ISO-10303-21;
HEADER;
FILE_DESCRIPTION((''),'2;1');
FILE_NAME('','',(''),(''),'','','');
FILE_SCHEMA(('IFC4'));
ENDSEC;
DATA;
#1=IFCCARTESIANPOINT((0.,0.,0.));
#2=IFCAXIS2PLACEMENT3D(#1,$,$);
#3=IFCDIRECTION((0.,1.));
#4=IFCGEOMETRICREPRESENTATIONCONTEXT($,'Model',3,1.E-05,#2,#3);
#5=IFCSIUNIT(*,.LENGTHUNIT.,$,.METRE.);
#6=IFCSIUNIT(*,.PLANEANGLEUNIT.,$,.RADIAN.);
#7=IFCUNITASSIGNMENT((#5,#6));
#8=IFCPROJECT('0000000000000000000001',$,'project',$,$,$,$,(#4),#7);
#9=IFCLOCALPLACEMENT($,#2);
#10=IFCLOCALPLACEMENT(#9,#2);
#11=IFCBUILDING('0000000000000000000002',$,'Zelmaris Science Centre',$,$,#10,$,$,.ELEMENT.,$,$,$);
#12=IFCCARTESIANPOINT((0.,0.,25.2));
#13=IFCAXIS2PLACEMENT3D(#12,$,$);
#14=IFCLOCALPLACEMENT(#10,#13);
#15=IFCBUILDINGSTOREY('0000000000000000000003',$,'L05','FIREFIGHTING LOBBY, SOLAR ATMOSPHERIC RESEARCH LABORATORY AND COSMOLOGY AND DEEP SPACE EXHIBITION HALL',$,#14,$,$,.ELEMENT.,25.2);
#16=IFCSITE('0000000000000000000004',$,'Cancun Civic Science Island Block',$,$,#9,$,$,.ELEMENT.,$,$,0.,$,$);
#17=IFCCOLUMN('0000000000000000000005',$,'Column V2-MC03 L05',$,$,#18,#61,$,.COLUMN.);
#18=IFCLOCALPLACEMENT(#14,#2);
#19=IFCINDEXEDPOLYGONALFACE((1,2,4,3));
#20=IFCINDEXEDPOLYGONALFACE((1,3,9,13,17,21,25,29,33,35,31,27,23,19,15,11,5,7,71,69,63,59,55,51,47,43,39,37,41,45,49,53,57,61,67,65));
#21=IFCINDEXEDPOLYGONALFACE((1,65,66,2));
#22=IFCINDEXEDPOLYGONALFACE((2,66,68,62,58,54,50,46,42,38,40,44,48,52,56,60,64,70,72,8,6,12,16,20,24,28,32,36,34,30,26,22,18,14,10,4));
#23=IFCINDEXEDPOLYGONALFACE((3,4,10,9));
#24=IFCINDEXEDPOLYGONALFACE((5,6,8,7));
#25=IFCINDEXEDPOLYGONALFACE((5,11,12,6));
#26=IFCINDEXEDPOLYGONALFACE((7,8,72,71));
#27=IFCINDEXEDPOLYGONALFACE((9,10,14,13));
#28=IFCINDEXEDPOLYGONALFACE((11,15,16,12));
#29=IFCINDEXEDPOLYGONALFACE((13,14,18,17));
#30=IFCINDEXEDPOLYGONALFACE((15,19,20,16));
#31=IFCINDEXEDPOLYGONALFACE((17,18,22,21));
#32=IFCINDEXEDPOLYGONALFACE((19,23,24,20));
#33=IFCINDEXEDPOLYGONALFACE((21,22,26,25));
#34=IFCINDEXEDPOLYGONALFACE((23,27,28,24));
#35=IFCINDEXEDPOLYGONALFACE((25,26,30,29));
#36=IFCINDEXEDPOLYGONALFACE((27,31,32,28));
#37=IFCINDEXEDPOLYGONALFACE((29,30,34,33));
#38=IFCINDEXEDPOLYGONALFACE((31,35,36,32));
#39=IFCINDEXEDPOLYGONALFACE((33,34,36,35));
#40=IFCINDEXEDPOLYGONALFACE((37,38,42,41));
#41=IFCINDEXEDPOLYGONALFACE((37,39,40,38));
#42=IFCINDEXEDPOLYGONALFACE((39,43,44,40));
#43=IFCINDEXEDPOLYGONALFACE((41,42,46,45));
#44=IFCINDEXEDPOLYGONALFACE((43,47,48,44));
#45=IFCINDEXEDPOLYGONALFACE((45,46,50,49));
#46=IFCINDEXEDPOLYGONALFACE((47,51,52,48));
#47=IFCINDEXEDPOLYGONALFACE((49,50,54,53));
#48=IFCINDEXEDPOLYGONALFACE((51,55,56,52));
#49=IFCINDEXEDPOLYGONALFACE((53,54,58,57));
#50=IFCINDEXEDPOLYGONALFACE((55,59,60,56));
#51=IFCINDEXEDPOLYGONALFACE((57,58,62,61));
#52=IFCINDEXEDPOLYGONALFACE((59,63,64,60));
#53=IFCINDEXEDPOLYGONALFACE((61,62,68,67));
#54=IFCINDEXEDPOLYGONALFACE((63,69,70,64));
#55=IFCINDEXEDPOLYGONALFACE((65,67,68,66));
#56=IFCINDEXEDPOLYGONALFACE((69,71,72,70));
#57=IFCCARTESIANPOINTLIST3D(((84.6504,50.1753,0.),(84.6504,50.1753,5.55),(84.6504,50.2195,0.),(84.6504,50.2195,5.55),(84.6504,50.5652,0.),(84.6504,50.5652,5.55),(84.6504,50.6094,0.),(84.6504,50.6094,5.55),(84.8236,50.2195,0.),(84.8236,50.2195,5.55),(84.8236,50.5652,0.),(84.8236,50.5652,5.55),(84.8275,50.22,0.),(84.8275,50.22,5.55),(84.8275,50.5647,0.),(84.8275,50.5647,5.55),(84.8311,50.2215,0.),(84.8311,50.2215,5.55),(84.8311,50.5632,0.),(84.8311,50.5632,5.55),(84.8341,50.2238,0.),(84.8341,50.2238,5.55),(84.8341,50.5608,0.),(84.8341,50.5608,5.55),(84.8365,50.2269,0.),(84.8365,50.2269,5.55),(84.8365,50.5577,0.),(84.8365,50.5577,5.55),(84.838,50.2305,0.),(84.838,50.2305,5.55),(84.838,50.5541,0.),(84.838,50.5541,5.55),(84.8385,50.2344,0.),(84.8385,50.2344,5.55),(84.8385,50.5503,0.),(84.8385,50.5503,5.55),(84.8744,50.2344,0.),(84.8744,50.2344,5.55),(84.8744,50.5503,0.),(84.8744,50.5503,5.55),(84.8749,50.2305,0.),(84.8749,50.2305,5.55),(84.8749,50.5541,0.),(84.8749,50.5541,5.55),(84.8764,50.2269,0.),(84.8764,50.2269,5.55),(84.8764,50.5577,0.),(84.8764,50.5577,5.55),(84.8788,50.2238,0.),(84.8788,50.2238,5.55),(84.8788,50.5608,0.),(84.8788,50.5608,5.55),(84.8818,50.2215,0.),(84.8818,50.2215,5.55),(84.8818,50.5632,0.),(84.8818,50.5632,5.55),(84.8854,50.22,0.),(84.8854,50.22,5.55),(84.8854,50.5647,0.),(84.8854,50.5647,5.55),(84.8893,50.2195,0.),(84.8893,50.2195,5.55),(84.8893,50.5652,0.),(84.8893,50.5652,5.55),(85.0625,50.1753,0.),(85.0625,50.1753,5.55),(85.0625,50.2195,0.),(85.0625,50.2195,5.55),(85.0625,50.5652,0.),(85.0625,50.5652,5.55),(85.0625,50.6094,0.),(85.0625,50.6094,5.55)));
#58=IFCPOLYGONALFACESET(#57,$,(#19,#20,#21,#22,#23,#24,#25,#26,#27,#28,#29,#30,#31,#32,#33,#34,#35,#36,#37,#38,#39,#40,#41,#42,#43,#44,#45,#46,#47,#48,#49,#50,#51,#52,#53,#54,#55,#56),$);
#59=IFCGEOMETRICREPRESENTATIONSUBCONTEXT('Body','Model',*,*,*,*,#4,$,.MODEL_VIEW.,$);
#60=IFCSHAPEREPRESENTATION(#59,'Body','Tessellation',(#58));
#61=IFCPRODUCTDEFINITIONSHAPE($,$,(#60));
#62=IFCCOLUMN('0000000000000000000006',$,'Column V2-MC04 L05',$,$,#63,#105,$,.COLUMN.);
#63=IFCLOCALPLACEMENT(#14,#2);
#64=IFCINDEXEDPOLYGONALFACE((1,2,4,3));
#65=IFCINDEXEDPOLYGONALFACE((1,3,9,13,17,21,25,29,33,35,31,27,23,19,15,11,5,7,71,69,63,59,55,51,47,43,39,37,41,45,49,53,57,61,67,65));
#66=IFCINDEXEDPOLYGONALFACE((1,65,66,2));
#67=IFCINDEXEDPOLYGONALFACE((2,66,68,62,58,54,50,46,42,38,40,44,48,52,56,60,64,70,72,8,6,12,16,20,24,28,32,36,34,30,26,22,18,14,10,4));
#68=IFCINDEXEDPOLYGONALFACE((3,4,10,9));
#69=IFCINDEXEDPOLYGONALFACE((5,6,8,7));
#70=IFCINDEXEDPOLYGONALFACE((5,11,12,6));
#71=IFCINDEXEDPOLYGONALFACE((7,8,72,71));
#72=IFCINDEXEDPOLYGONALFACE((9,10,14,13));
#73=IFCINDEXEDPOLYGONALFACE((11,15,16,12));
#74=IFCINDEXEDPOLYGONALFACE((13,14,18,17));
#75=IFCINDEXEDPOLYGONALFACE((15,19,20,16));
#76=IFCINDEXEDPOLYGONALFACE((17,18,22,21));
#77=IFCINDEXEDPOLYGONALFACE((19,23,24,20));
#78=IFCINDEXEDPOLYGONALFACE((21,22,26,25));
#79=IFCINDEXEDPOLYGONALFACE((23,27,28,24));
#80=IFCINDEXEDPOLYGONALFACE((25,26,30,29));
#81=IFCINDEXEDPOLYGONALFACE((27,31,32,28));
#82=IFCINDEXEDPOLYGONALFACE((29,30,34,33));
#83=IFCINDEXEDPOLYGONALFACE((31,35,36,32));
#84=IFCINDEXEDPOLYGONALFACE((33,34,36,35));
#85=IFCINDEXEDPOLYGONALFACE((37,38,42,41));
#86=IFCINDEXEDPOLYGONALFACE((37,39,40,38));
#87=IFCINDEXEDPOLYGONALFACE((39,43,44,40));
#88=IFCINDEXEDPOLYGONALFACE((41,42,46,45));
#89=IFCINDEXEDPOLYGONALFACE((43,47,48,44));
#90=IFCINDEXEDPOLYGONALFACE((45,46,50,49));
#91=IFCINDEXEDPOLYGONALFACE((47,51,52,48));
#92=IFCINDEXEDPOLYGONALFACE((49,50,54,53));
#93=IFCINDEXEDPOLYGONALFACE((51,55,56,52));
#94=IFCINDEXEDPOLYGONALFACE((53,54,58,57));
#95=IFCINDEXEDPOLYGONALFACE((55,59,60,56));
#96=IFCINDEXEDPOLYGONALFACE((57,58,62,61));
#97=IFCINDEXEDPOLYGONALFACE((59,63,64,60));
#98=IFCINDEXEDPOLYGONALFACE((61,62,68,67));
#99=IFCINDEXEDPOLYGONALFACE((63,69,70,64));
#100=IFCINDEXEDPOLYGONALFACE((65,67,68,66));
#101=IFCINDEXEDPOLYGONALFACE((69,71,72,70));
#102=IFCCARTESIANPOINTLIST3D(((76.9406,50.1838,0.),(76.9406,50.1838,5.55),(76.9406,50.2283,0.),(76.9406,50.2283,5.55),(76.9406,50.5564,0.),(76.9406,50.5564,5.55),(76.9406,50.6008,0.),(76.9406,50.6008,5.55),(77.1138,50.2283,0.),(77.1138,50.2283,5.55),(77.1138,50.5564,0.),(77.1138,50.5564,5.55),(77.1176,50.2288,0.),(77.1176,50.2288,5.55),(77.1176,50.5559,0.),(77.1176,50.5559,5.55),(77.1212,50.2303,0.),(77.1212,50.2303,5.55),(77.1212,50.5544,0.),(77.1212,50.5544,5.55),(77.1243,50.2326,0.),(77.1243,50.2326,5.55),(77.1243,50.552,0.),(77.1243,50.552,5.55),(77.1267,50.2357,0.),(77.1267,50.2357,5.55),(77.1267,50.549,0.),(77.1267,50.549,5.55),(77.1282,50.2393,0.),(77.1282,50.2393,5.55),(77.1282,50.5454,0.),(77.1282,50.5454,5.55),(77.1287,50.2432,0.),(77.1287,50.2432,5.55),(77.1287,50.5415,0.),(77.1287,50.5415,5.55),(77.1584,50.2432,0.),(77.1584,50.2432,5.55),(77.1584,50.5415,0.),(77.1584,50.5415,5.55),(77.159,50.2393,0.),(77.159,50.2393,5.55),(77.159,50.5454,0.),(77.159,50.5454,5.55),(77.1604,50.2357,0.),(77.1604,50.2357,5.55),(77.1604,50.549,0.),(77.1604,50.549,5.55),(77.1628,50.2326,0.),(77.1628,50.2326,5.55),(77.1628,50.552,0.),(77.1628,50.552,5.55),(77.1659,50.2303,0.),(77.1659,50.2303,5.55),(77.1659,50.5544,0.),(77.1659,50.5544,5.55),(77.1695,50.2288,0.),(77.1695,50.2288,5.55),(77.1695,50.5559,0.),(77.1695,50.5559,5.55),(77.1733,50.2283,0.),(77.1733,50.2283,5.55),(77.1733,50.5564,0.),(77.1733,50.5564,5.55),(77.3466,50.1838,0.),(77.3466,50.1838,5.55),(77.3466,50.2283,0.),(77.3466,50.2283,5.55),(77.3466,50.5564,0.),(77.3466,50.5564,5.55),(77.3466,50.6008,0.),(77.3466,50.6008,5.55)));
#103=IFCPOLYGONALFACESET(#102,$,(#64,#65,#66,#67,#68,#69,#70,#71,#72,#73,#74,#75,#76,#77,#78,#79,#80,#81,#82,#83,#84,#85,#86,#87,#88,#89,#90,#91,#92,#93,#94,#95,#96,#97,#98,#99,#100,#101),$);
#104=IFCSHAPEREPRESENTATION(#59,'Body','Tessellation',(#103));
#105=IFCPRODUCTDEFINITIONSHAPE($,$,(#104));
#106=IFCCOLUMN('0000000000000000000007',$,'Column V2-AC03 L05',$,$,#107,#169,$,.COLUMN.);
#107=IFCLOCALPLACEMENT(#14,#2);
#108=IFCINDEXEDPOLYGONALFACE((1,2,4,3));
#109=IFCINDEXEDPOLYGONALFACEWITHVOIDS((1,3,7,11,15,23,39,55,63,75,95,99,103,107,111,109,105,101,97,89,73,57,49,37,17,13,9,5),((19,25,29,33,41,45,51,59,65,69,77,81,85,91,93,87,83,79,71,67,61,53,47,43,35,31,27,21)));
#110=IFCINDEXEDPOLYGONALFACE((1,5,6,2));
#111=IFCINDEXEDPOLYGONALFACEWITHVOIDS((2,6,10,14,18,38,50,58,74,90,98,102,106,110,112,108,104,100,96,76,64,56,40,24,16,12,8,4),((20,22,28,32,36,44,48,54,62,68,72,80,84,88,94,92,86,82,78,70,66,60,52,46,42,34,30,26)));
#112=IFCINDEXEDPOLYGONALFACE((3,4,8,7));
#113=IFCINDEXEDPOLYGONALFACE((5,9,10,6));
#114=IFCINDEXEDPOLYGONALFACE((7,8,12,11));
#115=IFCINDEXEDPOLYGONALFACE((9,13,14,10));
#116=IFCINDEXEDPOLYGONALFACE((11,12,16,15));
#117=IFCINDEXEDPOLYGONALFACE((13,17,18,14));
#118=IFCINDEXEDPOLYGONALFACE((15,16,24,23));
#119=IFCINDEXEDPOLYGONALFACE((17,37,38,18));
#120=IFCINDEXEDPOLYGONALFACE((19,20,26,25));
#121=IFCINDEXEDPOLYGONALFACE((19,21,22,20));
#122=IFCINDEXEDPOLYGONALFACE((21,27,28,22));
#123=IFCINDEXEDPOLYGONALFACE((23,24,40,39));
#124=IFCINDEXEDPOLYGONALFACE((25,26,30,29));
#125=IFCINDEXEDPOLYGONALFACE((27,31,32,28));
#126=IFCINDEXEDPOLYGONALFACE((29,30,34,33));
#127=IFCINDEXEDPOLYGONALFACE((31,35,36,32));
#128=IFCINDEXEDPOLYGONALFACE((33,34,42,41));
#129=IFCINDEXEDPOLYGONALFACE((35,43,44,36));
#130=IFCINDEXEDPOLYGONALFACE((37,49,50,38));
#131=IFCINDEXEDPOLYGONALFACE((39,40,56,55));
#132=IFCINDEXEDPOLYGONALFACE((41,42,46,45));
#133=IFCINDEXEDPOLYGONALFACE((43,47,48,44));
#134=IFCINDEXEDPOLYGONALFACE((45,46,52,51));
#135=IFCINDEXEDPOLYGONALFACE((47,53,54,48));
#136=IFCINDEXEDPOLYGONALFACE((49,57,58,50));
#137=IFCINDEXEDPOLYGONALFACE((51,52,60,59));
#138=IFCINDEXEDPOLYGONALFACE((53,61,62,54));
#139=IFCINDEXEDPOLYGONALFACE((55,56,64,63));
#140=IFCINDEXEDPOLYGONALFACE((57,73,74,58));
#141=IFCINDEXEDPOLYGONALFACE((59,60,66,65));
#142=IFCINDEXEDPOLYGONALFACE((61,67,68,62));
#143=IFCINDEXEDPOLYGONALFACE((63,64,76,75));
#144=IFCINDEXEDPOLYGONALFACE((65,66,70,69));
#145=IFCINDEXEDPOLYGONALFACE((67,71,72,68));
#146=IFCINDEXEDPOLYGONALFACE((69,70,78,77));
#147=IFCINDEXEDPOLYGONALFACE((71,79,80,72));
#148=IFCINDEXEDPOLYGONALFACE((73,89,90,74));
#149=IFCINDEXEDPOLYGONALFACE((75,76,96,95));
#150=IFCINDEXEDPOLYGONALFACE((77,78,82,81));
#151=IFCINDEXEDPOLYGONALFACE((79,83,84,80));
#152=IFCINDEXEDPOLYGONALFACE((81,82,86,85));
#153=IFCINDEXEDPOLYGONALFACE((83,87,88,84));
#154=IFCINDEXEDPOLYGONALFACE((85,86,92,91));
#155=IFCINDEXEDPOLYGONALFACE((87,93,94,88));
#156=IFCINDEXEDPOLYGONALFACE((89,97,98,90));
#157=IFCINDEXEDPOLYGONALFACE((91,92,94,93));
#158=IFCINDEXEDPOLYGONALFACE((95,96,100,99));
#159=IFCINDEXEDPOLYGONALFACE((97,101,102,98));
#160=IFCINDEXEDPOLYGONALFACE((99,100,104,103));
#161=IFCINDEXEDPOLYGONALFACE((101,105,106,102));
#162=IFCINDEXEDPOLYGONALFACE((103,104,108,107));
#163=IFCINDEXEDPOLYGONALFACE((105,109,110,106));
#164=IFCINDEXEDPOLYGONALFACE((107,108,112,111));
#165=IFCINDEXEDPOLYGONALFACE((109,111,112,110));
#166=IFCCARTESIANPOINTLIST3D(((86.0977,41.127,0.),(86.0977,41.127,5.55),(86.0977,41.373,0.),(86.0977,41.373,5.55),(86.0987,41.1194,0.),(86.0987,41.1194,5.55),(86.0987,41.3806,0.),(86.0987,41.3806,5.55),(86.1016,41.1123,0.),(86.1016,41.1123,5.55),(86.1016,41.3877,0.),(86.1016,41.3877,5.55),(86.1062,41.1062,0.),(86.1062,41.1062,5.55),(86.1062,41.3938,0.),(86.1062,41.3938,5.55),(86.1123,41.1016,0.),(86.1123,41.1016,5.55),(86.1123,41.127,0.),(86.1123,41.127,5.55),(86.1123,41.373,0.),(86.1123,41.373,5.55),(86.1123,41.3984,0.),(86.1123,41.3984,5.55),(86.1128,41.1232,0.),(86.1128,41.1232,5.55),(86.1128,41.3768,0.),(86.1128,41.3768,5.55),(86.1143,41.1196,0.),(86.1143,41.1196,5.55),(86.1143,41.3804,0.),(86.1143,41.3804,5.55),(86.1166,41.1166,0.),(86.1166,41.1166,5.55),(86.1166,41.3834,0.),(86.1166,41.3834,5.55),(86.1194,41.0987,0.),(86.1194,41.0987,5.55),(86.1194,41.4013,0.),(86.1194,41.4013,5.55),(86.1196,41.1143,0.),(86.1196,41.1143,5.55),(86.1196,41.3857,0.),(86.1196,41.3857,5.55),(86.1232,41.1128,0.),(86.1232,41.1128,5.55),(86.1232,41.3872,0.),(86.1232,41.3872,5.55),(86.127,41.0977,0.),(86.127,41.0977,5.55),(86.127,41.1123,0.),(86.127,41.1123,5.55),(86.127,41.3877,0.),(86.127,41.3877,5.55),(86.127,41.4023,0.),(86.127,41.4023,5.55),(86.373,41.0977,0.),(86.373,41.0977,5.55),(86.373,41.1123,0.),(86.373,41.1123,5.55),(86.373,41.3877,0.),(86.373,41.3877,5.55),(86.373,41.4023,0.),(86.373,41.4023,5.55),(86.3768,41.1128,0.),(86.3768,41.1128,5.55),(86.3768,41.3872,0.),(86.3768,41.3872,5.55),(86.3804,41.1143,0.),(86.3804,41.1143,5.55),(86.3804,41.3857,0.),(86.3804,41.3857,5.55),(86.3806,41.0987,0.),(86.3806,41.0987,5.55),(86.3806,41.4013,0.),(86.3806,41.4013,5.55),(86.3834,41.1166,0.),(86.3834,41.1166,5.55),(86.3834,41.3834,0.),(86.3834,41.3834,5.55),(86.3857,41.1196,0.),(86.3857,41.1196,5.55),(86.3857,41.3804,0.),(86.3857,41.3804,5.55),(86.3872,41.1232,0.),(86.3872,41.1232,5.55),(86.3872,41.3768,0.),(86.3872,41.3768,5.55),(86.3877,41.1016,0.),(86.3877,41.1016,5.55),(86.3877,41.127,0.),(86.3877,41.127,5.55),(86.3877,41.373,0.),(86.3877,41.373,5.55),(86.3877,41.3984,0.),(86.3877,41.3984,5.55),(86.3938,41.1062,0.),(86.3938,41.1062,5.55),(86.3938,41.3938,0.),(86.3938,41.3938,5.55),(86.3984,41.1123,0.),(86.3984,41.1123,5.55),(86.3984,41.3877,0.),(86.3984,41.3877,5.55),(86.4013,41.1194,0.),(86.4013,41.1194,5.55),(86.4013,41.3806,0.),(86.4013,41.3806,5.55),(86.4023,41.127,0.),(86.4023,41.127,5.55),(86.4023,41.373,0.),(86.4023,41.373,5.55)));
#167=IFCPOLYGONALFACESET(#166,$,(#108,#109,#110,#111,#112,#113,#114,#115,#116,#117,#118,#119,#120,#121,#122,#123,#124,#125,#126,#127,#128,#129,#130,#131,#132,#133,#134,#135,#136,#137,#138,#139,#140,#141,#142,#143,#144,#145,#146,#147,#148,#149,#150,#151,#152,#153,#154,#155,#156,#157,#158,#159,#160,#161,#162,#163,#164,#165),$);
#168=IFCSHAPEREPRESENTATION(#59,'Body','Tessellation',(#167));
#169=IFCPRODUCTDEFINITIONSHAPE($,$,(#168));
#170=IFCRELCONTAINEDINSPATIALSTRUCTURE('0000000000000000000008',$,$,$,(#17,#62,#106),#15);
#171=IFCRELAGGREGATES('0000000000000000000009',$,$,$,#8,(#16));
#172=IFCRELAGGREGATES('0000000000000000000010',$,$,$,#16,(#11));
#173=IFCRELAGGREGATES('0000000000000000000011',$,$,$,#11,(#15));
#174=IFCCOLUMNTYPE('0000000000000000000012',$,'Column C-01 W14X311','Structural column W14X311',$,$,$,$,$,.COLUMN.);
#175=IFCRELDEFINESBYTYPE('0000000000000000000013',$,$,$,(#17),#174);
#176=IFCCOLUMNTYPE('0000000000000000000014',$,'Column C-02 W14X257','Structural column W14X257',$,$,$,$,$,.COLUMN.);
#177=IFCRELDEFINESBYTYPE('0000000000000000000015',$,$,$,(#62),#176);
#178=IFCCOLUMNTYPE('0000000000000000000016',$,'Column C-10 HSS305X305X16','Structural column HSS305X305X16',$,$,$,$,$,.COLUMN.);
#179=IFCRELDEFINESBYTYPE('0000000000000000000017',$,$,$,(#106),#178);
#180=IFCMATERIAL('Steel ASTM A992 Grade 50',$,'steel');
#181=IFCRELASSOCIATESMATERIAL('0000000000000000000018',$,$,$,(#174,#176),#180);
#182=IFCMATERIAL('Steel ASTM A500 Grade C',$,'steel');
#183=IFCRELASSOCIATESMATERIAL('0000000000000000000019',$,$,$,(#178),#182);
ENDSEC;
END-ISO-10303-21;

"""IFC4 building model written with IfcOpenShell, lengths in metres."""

from ifc_helpers import new_model, si_unit, direction, frame, origin, origin_2d, place, context, subcontext, project, spatial, hollow_rectangle, i_section, extrude, material, material_profile, profile_set, type_object, element, save


model = new_model("IFC4")

# Units and contexts
model_context = context("Model", 3, precision=1e-05, world=origin(), true_north=direction((0.0, 1.0)))
body_context = subcontext(model_context, "Body", "Model", "MODEL_VIEW")
ifc_project = project(units=[si_unit("LENGTHUNIT", "METRE"), si_unit("PLANEANGLEUNIT", "RADIAN")], contexts=[model_context])

# Site, building, storey
site_placement = place(None, origin())
site = spatial("IfcSite", under=ifc_project, at=site_placement, Name="Cancun Civic Science Island Block", CompositionType="ELEMENT", RefElevation=0.0)
building_placement = place(site_placement, origin())
building = spatial("IfcBuilding", under=site, at=building_placement, Name="Zelmaris Science Centre", CompositionType="ELEMENT")
storey_placement = place(building_placement, frame((0.0, 0.0, 25.2)))
storey = spatial("IfcBuildingStorey", under=building, at=storey_placement, Name="L05", Description="FIREFIGHTING LOBBY, SOLAR ATMOSPHERIC RESEARCH LABORATORY AND COSMOLOGY AND DEEP SPACE EXHIBITION HALL", CompositionType="ELEMENT", Elevation=25.2)

# Columns
ifc_material_1 = material(Name="Steel ASTM A992 Grade 50", Category="steel")
ifc_material_profile_1 = material_profile(ifc_material_1, i_section(OverallWidth=0.4121, OverallDepth=0.4341, WebThickness=0.0359, FlangeThickness=0.0442, FilletRadius=0.0149, at=origin_2d()), Name="W14X311")
ifc_profile_set_1 = profile_set([ifc_material_profile_1], Name="Steel ASTM A992 Grade 50")
column_type_1 = type_object("IfcColumnType", Name="Column C-01 W14X311", Description="Structural column W14X311", PredefinedType="COLUMN", material=ifc_profile_set_1)
column_1_placement = place(storey_placement, frame((84.8564, 50.3923, 0.0), z_axis=(0.0, 0.0, 1.0), x_axis=(1.0, 0.0, 0.0)))
element("IfcColumn", 1, at=column_1_placement, inside=storey, type_object=column_type_1, Name="Column V2-MC03 L05", PredefinedType="COLUMN", context=body_context, shape_type="SweptSolid", body=[
    extrude(i_section(OverallWidth=0.4121, OverallDepth=0.4341, WebThickness=0.0359, FlangeThickness=0.0442, FilletRadius=0.0149, at=origin_2d()), origin(), (0.0, 0.0, 1.0), 5.55),
])
ifc_material_profile_2 = material_profile(ifc_material_1, i_section(OverallWidth=0.406, OverallDepth=0.417, WebThickness=0.0298, FlangeThickness=0.0444, FilletRadius=0.0149, at=origin_2d()), Name="W14X257")
ifc_profile_set_2 = profile_set([ifc_material_profile_2], Name="Steel ASTM A992 Grade 50")
column_type_2 = type_object("IfcColumnType", Name="Column C-02 W14X257", Description="Structural column W14X257", PredefinedType="COLUMN", material=ifc_profile_set_2)
column_2_placement = place(storey_placement, frame((77.1436, 50.3923, 0.0), z_axis=(0.0, 0.0, 1.0), x_axis=(1.0, 0.0, 0.0)))
element("IfcColumn", 2, at=column_2_placement, inside=storey, type_object=column_type_2, Name="Column V2-MC04 L05", PredefinedType="COLUMN", context=body_context, shape_type="SweptSolid", body=[
    extrude(i_section(OverallWidth=0.406, OverallDepth=0.417, WebThickness=0.0298, FlangeThickness=0.0444, FilletRadius=0.0149, at=origin_2d()), origin(), (0.0, 0.0, 1.0), 5.55),
])
ifc_material_2 = material(Name="Steel ASTM A500 Grade C", Category="steel")
ifc_material_profile_3 = material_profile(ifc_material_2, hollow_rectangle(XDim=0.3047, YDim=0.3047, WallThickness=0.0146, InnerFilletRadius=0.0146, OuterFilletRadius=0.0293, at=origin_2d()), Name="HSS305X305X16")
ifc_profile_set_3 = profile_set([ifc_material_profile_3], Name="Steel ASTM A500 Grade C")
column_type_3 = type_object("IfcColumnType", Name="Column C-10 HSS305X305X16", Description="Structural column HSS305X305X16", PredefinedType="COLUMN", material=ifc_profile_set_3)
for number, where, z_axis, x_axis, name in (
    (3, (86.25, 41.25, 0.0), (0.0, 0.0, 1.0), (1.0, 0.0, 0.0), "Column V2-AC03 L05"),
):
    element("IfcColumn", number, at=place(storey_placement, frame(where, z_axis=z_axis, x_axis=x_axis)), inside=storey, type_object=column_type_3, Name=name, PredefinedType="COLUMN", context=body_context, shape_type="SweptSolid", body=[
        extrude(hollow_rectangle(XDim=0.3047, YDim=0.3047, WallThickness=0.0146, InnerFilletRadius=0.0146, OuterFilletRadius=0.0293, at=origin_2d()), origin(), (0.0, 0.0, 1.0), 5.55),
    ])

save(model, "model.ifc")
